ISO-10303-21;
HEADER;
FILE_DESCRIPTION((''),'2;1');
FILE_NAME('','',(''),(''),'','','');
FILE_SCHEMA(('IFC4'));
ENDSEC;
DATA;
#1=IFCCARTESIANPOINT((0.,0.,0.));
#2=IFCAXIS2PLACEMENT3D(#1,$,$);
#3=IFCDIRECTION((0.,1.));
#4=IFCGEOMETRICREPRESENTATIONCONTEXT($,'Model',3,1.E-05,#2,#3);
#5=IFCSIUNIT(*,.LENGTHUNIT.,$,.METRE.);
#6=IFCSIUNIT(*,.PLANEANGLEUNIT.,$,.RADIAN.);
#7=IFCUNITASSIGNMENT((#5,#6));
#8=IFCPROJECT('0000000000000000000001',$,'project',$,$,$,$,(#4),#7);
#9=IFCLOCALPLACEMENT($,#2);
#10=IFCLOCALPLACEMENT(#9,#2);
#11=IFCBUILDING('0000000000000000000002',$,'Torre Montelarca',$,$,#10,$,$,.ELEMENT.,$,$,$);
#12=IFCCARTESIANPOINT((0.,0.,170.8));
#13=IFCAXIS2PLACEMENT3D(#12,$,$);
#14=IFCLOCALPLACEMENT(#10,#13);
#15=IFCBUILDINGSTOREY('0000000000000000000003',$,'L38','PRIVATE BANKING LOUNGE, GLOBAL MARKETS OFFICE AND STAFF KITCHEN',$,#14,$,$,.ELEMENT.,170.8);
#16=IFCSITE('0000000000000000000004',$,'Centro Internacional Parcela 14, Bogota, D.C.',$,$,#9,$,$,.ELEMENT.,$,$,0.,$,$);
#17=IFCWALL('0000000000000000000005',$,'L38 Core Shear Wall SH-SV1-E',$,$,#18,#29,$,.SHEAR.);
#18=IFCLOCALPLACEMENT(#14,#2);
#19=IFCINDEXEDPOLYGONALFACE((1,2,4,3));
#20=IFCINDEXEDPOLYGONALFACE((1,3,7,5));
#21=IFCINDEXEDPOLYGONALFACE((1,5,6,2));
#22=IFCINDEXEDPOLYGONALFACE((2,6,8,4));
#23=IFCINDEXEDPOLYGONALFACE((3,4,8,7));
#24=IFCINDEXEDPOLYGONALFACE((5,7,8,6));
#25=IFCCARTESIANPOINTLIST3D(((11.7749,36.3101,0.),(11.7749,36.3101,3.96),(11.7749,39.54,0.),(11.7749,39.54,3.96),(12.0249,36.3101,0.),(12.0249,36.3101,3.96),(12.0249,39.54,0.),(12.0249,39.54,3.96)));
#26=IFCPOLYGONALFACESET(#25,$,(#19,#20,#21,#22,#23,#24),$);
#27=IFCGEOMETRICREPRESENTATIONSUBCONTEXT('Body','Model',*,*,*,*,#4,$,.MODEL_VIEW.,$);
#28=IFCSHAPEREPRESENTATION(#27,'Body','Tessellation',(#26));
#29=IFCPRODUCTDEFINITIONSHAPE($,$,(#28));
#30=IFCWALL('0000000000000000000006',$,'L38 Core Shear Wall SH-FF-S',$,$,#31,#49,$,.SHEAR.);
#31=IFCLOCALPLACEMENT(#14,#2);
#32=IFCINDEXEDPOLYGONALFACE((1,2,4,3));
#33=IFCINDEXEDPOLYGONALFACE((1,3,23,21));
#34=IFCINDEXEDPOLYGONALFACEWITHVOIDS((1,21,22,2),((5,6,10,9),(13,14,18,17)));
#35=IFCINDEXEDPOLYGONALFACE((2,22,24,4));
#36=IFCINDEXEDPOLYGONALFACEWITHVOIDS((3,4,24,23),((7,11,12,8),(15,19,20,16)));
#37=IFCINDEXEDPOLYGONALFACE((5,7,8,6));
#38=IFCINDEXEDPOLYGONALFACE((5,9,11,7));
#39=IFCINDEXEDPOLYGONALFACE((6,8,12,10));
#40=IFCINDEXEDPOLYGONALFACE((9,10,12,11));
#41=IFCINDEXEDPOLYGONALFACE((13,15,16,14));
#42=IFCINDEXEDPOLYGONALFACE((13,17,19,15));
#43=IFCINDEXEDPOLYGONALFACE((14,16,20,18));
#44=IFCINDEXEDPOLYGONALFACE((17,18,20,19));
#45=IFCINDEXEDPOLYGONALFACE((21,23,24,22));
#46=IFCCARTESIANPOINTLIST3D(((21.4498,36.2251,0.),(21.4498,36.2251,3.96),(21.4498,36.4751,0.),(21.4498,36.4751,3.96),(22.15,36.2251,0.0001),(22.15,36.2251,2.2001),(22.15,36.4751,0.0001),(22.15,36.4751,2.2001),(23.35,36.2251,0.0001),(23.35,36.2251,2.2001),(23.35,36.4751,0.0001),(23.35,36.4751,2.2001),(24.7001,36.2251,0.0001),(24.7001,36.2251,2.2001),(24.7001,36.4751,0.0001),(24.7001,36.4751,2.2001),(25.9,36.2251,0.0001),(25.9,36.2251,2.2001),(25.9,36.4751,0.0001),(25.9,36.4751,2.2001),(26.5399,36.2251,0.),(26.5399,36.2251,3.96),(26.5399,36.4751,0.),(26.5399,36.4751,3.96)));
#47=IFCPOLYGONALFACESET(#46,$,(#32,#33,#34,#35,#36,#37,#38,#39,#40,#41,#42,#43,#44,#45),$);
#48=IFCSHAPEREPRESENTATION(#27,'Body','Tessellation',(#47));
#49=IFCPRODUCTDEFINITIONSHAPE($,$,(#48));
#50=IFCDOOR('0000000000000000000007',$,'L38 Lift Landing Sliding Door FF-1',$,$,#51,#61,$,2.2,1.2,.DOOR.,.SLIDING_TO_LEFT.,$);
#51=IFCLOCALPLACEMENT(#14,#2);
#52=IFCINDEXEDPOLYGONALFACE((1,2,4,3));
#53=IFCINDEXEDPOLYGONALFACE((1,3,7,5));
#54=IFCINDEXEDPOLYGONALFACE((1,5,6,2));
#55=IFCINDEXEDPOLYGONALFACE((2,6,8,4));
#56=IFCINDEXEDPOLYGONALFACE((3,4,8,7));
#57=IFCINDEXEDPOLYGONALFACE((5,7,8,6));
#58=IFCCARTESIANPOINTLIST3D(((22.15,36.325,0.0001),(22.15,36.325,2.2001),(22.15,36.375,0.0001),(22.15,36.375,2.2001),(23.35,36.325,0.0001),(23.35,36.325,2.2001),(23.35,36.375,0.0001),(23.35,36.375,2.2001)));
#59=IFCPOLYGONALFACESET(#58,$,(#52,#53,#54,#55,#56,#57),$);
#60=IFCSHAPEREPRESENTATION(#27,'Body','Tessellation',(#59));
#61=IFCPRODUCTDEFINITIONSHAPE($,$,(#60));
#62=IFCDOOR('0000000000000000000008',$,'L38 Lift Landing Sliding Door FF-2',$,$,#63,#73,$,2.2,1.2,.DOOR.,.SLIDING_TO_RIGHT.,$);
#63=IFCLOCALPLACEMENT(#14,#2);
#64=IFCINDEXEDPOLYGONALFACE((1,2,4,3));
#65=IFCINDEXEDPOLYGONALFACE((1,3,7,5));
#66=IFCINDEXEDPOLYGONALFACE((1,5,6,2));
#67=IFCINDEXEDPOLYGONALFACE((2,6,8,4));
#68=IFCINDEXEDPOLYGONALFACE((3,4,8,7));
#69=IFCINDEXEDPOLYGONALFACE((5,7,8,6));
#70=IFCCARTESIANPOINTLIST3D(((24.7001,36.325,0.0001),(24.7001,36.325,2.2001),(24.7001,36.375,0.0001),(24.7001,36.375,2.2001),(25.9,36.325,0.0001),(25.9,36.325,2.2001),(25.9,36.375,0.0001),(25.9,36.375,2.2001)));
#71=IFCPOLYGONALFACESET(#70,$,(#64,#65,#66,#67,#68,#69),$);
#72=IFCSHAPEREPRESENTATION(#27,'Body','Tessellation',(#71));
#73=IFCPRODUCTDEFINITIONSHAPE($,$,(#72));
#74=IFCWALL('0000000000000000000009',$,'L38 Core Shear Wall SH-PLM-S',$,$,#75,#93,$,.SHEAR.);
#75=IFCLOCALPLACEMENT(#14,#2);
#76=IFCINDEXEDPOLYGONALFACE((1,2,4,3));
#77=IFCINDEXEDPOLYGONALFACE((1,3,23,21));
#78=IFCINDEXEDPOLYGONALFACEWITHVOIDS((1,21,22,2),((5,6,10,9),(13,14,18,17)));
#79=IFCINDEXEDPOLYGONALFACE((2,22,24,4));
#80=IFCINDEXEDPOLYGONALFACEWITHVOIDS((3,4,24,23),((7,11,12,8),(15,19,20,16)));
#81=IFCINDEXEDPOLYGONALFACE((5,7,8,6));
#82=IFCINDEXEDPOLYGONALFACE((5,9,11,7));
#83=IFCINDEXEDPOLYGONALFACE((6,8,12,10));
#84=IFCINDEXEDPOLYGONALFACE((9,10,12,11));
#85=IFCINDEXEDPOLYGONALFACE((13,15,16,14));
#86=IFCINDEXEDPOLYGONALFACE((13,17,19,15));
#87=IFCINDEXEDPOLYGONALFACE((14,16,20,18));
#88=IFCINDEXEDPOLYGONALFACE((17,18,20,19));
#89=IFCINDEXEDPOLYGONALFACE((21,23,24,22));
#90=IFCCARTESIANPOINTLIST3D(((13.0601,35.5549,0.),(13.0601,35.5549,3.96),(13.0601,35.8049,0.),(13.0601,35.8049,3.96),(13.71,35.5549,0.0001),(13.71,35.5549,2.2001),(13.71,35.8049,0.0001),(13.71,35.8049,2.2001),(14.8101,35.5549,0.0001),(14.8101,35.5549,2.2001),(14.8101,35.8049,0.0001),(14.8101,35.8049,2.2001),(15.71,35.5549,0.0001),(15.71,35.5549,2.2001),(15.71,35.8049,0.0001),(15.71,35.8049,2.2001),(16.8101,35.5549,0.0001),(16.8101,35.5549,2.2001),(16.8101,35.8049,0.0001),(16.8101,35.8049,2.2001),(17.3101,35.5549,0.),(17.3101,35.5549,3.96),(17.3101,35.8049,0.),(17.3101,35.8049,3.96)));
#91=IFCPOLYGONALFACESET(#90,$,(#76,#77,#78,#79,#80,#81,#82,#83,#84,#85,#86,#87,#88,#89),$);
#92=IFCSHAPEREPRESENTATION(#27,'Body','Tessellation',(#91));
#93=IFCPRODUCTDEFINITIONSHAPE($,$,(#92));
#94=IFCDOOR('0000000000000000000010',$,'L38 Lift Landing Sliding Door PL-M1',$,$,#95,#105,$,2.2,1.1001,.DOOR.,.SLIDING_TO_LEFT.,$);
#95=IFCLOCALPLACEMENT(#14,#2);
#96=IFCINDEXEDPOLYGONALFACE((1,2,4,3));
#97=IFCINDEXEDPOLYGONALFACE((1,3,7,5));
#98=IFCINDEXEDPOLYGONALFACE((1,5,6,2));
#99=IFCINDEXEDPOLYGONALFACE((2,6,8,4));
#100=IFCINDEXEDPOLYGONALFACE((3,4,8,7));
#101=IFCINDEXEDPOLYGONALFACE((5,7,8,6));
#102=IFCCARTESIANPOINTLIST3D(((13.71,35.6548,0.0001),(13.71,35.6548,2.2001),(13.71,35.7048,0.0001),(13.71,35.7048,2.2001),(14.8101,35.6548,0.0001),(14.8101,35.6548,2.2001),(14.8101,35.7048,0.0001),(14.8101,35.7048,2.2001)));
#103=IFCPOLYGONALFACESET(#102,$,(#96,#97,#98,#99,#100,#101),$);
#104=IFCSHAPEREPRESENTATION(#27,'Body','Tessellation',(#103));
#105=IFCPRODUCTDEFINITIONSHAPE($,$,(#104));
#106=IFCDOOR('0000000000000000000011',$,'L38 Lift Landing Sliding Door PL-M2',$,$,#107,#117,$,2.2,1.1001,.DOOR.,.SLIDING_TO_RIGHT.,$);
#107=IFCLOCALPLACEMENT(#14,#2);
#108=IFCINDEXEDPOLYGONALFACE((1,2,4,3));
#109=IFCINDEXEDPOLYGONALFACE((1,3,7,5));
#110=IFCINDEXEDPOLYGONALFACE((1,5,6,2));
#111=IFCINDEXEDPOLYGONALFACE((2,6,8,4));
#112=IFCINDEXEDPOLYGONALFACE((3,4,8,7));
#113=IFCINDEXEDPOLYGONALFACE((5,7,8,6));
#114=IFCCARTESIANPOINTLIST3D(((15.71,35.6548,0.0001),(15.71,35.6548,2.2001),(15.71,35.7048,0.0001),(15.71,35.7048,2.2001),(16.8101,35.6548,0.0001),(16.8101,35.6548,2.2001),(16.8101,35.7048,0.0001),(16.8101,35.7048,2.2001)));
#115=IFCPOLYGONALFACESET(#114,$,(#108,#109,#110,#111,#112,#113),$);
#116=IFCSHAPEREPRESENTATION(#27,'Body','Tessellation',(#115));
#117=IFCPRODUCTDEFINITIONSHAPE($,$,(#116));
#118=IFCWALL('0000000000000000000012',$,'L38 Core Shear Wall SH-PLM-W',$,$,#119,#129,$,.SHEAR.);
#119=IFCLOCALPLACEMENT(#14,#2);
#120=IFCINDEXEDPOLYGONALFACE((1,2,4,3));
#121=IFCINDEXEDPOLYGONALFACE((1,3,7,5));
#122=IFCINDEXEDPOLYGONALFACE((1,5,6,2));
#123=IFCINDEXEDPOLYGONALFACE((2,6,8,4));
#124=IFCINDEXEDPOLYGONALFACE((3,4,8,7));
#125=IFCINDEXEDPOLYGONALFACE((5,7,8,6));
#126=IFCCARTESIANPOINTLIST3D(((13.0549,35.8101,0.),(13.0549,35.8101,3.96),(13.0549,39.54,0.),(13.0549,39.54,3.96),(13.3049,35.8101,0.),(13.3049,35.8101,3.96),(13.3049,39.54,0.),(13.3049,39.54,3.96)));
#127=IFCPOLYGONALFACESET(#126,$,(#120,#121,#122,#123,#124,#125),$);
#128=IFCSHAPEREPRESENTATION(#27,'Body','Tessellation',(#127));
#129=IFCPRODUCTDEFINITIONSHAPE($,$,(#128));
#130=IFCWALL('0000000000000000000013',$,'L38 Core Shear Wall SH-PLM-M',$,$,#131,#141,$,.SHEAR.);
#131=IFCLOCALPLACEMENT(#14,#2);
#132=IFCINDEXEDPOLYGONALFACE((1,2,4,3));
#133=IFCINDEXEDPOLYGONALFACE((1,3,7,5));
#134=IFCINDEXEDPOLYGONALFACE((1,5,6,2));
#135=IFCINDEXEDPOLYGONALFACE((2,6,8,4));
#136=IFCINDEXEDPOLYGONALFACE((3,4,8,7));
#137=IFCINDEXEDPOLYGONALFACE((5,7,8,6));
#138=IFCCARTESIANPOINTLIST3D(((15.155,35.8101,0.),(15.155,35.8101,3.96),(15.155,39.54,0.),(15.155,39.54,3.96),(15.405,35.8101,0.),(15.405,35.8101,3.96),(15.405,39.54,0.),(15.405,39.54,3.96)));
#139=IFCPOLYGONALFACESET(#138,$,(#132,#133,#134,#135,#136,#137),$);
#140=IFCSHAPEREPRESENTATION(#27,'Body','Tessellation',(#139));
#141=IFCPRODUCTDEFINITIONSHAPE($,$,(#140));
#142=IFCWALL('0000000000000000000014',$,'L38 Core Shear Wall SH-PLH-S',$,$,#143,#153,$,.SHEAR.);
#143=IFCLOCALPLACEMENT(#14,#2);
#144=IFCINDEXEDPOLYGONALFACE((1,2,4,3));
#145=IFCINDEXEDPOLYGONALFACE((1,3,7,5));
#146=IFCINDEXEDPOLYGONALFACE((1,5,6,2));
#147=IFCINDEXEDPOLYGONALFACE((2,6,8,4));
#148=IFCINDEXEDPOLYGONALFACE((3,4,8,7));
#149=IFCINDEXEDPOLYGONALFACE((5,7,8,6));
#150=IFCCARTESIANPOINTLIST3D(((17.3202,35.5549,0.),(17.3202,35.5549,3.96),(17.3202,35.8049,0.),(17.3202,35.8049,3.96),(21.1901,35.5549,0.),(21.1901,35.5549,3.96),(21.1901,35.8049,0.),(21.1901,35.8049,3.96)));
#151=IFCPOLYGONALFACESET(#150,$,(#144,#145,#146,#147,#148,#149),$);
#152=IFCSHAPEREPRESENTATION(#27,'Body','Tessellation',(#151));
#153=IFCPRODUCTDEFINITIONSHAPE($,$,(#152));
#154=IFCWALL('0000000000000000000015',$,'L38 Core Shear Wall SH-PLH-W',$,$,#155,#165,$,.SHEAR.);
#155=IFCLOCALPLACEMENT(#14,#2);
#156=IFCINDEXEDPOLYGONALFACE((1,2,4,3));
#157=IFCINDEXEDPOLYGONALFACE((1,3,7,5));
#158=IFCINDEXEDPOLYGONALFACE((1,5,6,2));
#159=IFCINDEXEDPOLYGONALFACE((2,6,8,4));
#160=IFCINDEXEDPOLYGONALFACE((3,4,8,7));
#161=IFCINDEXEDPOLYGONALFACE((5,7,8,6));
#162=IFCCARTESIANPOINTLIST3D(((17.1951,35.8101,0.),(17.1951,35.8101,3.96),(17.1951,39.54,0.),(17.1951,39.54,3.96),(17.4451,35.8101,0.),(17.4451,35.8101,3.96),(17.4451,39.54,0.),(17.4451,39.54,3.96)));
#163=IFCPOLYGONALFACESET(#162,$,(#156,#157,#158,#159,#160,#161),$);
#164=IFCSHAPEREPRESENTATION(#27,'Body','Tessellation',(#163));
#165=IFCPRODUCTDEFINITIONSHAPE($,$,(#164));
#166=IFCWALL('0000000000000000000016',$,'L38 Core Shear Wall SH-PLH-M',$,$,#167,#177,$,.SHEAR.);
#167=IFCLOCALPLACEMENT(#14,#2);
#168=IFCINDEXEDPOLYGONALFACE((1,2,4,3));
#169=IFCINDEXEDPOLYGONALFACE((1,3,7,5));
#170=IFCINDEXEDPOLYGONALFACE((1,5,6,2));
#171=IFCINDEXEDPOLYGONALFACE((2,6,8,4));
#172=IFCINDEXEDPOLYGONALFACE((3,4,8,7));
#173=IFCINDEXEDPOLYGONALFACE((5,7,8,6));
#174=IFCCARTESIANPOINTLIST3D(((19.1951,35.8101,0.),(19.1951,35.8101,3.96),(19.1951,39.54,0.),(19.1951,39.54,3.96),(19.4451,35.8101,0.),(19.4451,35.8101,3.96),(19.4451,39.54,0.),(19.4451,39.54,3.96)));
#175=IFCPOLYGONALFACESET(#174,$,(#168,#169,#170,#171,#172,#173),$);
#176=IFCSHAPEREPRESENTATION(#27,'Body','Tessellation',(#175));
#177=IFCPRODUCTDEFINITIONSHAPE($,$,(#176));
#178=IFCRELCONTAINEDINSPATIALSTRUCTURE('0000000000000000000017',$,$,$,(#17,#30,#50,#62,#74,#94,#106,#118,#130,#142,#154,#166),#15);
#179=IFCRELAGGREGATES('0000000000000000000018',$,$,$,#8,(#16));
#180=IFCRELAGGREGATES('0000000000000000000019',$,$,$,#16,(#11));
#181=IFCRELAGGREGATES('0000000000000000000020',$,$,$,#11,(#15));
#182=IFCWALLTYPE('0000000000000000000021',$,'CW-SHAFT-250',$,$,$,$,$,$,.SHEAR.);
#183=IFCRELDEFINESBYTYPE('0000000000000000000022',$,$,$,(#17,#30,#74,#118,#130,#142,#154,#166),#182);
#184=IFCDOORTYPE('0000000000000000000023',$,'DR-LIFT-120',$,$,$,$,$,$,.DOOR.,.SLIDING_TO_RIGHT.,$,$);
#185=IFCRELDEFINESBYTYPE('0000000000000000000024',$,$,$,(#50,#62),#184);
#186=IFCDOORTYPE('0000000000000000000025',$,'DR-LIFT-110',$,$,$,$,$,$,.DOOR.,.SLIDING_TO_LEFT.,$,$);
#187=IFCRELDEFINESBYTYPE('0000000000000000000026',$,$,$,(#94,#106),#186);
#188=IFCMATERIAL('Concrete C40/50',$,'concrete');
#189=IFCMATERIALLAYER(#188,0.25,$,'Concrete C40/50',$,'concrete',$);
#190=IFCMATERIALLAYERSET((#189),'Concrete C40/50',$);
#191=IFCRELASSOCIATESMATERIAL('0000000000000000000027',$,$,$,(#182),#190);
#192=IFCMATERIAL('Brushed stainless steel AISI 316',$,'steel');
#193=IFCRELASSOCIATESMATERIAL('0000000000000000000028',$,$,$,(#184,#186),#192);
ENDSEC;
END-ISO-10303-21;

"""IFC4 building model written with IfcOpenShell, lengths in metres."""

from ifc_helpers import new_model, si_unit, direction, frame, frame_2d, origin, place, context, subcontext, project, spatial, rectangle, extrude, source, transform, mapped, material, layer, layer_set, type_object, element, fill, save


model = new_model("IFC4")

# Units and contexts
model_context = context("Model", 3, precision=1e-05, world=origin(), true_north=direction((0.0, 1.0)))
body_context = subcontext(model_context, "Body", "Model", "MODEL_VIEW")
ifc_project = project(units=[si_unit("LENGTHUNIT", "METRE"), si_unit("PLANEANGLEUNIT", "RADIAN")], contexts=[model_context])

# Site, building, storey
site_placement = place(None, origin())
site = spatial("IfcSite", under=ifc_project, at=site_placement, Name="Centro Internacional Parcela 14, Bogota, D.C.", CompositionType="ELEMENT", RefElevation=0.0)
building_placement = place(site_placement, origin())
building = spatial("IfcBuilding", under=site, at=building_placement, Name="Torre Montelarca", CompositionType="ELEMENT")
storey_placement = place(building_placement, frame((0.0, 0.0, 170.8)))
storey = spatial("IfcBuildingStorey", under=building, at=storey_placement, Name="L38", Description="PRIVATE BANKING LOUNGE, GLOBAL MARKETS OFFICE AND STAFF KITCHEN", CompositionType="ELEMENT", Elevation=170.8)

# Shared definitions
ifc_material_1 = material(Name="Concrete C40/50", Category="concrete")
ifc_layer_1 = layer(ifc_material_1, 0.25, Name="Concrete C40/50", Category="concrete")
ifc_layer_set_1 = layer_set([ifc_layer_1], Name="Concrete C40/50")
wall_type_1 = type_object("IfcWallType", Name="CW-SHAFT-250", PredefinedType="SHEAR", material=ifc_layer_set_1)

# Shared definitions
ifc_material_2 = material(Name="Brushed stainless steel AISI 316", Category="steel")

# Wall
wall_1_placement = place(storey_placement, frame((11.8999, 36.3101, 0.0), z_axis=(0.0, 0.0, 1.0), x_axis=(0.0, 1.0, 0.0)))
element("IfcWall", 1, at=wall_1_placement, inside=storey, type_object=wall_type_1, Name="L38 Core Shear Wall SH-SV1-E", PredefinedType="SHEAR", context=body_context, shape_type="SweptSolid", body=[
    extrude(rectangle(XDim=3.23, YDim=0.25, at=frame_2d((1.615, 0.0))), origin(), (0.0, 0.0, 1.0), 3.96),
])

# Walls, openings, doors
wall_2_placement = place(storey_placement, frame((21.45, 36.3501, 0.0), z_axis=(0.0, 0.0, 1.0), x_axis=(1.0, 0.0, 0.0)))
wall_2 = element("IfcWall", 2, at=wall_2_placement, inside=storey, type_object=wall_type_1, Name="L38 Core Shear Wall SH-FF-S", PredefinedType="SHEAR", context=body_context, shape_type="SweptSolid", body=[
    extrude(rectangle(XDim=5.0901, YDim=0.25, at=frame_2d((2.5449, 0.0))), origin(), (0.0, 0.0, 1.0), 3.96),
])
opening_1_placement = place(wall_2_placement, frame((0.7, 0.0, 0.0)))
opening_1 = element("IfcOpeningElement", 3, at=opening_1_placement, cuts=wall_2, PredefinedType="OPENING", context=body_context, shape_type="SweptSolid", body=[
    extrude(rectangle(XDim=1.2, YDim=2.2, at=frame_2d((0.6001, 1.1001))), frame((0.0, 0.135, 0.0), z_axis=(0.0, -1.0, 0.0), x_axis=(1.0, 0.0, 0.0)), (0.0, 0.0, 1.0), 0.27),
])
opening_2_placement = place(wall_2_placement, frame((3.25, 0.0, 0.0)))
opening_2 = element("IfcOpeningElement", 4, at=opening_2_placement, cuts=wall_2, PredefinedType="OPENING", context=body_context, shape_type="SweptSolid", body=[
    extrude(rectangle(XDim=1.2, YDim=2.2, at=frame_2d((0.6001, 1.1001))), frame((0.0, 0.135, 0.0), z_axis=(0.0, -1.0, 0.0), x_axis=(1.0, 0.0, 0.0)), (0.0, 0.0, 1.0), 0.27),
])
door_type_1 = type_object("IfcDoorType", Name="DR-LIFT-120", OperationType="SLIDING_TO_RIGHT", PredefinedType="DOOR", material=ifc_material_2)
shared_shape_1 = source(origin(), body_context, "Body", "SweptSolid", [
    extrude(rectangle(XDim=1.2, YDim=2.2, at=frame_2d((0.6001, 1.1001))), frame((0.0, 0.0249, 0.0), z_axis=(0.0, -1.0, 0.0), x_axis=(1.0, 0.0, 0.0)), (0.0, 0.0, 1.0), 0.05),
])
door_1_placement = place(opening_1_placement, origin())
door_1 = element("IfcDoor", 5, at=door_1_placement, inside=storey, type_object=door_type_1, Name="L38 Lift Landing Sliding Door FF-1", OperationType="SLIDING_TO_LEFT", OverallHeight=2.2, OverallWidth=1.2, PredefinedType="DOOR", context=body_context, shape_type="MappedRepresentation", body=[
    mapped(shared_shape_1, transform((0.0, 0.0, 0.0), scale=1.0)),
])
fill(opening_1, door_1)
door_2_placement = place(opening_2_placement, origin())
door_2 = element("IfcDoor", 6, at=door_2_placement, inside=storey, type_object=door_type_1, Name="L38 Lift Landing Sliding Door FF-2", OperationType="SLIDING_TO_RIGHT", OverallHeight=2.2, OverallWidth=1.2, PredefinedType="DOOR", context=body_context, shape_type="MappedRepresentation", body=[
    mapped(shared_shape_1, transform((0.0, 0.0, 0.0), scale=1.0)),
])
fill(opening_2, door_2)
wall_3_placement = place(storey_placement, frame((13.0601, 35.6799, 0.0), z_axis=(0.0, 0.0, 1.0), x_axis=(1.0, 0.0, 0.0)))
wall_3 = element("IfcWall", 7, at=wall_3_placement, inside=storey, type_object=wall_type_1, Name="L38 Core Shear Wall SH-PLM-S", PredefinedType="SHEAR", context=body_context, shape_type="SweptSolid", body=[
    extrude(rectangle(XDim=4.25, YDim=0.25, at=frame_2d((2.125, 0.0))), origin(), (0.0, 0.0, 1.0), 3.96),
])
opening_3_placement = place(wall_3_placement, frame((0.6499, 0.0, 0.0)))
opening_3 = element("IfcOpeningElement", 8, at=opening_3_placement, cuts=wall_3, PredefinedType="OPENING", context=body_context, shape_type="SweptSolid", body=[
    extrude(rectangle(XDim=1.1001, YDim=2.2, at=frame_2d((0.55, 1.1001))), frame((0.0, 0.135, 0.0), z_axis=(0.0, -1.0, 0.0), x_axis=(1.0, 0.0, 0.0)), (0.0, 0.0, 1.0), 0.27),
])
opening_4_placement = place(wall_3_placement, frame((2.6499, 0.0, 0.0)))
opening_4 = element("IfcOpeningElement", 9, at=opening_4_placement, cuts=wall_3, PredefinedType="OPENING", context=body_context, shape_type="SweptSolid", body=[
    extrude(rectangle(XDim=1.1001, YDim=2.2, at=frame_2d((0.55, 1.1001))), frame((0.0, 0.135, 0.0), z_axis=(0.0, -1.0, 0.0), x_axis=(1.0, 0.0, 0.0)), (0.0, 0.0, 1.0), 0.27),
])
door_type_2 = type_object("IfcDoorType", Name="DR-LIFT-110", OperationType="SLIDING_TO_LEFT", PredefinedType="DOOR", material=ifc_material_2)
shared_shape_2 = source(origin(), body_context, "Body", "SweptSolid", [
    extrude(rectangle(XDim=1.1001, YDim=2.2, at=frame_2d((0.55, 1.1001))), frame((0.0, 0.0249, 0.0), z_axis=(0.0, -1.0, 0.0), x_axis=(1.0, 0.0, 0.0)), (0.0, 0.0, 1.0), 0.05),
])
door_3_placement = place(opening_3_placement, origin())
door_3 = element("IfcDoor", 10, at=door_3_placement, inside=storey, type_object=door_type_2, Name="L38 Lift Landing Sliding Door PL-M1", OperationType="SLIDING_TO_LEFT", OverallHeight=2.2, OverallWidth=1.1001, PredefinedType="DOOR", context=body_context, shape_type="MappedRepresentation", body=[
    mapped(shared_shape_2, transform((0.0, 0.0, 0.0), scale=1.0)),
])
fill(opening_3, door_3)
door_4_placement = place(opening_4_placement, origin())
door_4 = element("IfcDoor", 11, at=door_4_placement, inside=storey, type_object=door_type_2, Name="L38 Lift Landing Sliding Door PL-M2", OperationType="SLIDING_TO_RIGHT", OverallHeight=2.2, OverallWidth=1.1001, PredefinedType="DOOR", context=body_context, shape_type="MappedRepresentation", body=[
    mapped(shared_shape_2, transform((0.0, 0.0, 0.0), scale=1.0)),
])
fill(opening_4, door_4)

# Walls
for number, where, z_axis, x_axis, name in (
    (12, (13.1799, 35.8101, 0.0), (0.0, 0.0, 1.0), (0.0, 1.0, 0.0), "L38 Core Shear Wall SH-PLM-W"),
    (13, (15.28, 35.8101, 0.0), (0.0, 0.0, 1.0), (0.0, 1.0, 0.0), "L38 Core Shear Wall SH-PLM-M"),
):
    element("IfcWall", number, at=place(storey_placement, frame(where, z_axis=z_axis, x_axis=x_axis)), inside=storey, type_object=wall_type_1, Name=name, PredefinedType="SHEAR", context=body_context, shape_type="SweptSolid", body=[
        extrude(rectangle(XDim=3.73, YDim=0.25, at=frame_2d((1.865, 0.0))), origin(), (0.0, 0.0, 1.0), 3.96),
    ])
wall_4_placement = place(storey_placement, frame((17.3201, 35.6799, 0.0), z_axis=(0.0, 0.0, 1.0), x_axis=(1.0, 0.0, 0.0)))
element("IfcWall", 14, at=wall_4_placement, inside=storey, type_object=wall_type_1, Name="L38 Core Shear Wall SH-PLH-S", PredefinedType="SHEAR", context=body_context, shape_type="SweptSolid", body=[
    extrude(rectangle(XDim=3.8699, YDim=0.25, at=frame_2d((1.9351, 0.0))), origin(), (0.0, 0.0, 1.0), 3.96),
])
for number, where, z_axis, x_axis, name in (
    (15, (17.3201, 35.8101, 0.0), (0.0, 0.0, 1.0), (0.0, 1.0, 0.0), "L38 Core Shear Wall SH-PLH-W"),
    (16, (19.3201, 35.8101, 0.0), (0.0, 0.0, 1.0), (0.0, 1.0, 0.0), "L38 Core Shear Wall SH-PLH-M"),
):
    element("IfcWall", number, at=place(storey_placement, frame(where, z_axis=z_axis, x_axis=x_axis)), inside=storey, type_object=wall_type_1, Name=name, PredefinedType="SHEAR", context=body_context, shape_type="SweptSolid", body=[
        extrude(rectangle(XDim=3.73, YDim=0.25, at=frame_2d((1.865, 0.0))), origin(), (0.0, 0.0, 1.0), 3.96),
    ])

save(model, "model.ifc")
